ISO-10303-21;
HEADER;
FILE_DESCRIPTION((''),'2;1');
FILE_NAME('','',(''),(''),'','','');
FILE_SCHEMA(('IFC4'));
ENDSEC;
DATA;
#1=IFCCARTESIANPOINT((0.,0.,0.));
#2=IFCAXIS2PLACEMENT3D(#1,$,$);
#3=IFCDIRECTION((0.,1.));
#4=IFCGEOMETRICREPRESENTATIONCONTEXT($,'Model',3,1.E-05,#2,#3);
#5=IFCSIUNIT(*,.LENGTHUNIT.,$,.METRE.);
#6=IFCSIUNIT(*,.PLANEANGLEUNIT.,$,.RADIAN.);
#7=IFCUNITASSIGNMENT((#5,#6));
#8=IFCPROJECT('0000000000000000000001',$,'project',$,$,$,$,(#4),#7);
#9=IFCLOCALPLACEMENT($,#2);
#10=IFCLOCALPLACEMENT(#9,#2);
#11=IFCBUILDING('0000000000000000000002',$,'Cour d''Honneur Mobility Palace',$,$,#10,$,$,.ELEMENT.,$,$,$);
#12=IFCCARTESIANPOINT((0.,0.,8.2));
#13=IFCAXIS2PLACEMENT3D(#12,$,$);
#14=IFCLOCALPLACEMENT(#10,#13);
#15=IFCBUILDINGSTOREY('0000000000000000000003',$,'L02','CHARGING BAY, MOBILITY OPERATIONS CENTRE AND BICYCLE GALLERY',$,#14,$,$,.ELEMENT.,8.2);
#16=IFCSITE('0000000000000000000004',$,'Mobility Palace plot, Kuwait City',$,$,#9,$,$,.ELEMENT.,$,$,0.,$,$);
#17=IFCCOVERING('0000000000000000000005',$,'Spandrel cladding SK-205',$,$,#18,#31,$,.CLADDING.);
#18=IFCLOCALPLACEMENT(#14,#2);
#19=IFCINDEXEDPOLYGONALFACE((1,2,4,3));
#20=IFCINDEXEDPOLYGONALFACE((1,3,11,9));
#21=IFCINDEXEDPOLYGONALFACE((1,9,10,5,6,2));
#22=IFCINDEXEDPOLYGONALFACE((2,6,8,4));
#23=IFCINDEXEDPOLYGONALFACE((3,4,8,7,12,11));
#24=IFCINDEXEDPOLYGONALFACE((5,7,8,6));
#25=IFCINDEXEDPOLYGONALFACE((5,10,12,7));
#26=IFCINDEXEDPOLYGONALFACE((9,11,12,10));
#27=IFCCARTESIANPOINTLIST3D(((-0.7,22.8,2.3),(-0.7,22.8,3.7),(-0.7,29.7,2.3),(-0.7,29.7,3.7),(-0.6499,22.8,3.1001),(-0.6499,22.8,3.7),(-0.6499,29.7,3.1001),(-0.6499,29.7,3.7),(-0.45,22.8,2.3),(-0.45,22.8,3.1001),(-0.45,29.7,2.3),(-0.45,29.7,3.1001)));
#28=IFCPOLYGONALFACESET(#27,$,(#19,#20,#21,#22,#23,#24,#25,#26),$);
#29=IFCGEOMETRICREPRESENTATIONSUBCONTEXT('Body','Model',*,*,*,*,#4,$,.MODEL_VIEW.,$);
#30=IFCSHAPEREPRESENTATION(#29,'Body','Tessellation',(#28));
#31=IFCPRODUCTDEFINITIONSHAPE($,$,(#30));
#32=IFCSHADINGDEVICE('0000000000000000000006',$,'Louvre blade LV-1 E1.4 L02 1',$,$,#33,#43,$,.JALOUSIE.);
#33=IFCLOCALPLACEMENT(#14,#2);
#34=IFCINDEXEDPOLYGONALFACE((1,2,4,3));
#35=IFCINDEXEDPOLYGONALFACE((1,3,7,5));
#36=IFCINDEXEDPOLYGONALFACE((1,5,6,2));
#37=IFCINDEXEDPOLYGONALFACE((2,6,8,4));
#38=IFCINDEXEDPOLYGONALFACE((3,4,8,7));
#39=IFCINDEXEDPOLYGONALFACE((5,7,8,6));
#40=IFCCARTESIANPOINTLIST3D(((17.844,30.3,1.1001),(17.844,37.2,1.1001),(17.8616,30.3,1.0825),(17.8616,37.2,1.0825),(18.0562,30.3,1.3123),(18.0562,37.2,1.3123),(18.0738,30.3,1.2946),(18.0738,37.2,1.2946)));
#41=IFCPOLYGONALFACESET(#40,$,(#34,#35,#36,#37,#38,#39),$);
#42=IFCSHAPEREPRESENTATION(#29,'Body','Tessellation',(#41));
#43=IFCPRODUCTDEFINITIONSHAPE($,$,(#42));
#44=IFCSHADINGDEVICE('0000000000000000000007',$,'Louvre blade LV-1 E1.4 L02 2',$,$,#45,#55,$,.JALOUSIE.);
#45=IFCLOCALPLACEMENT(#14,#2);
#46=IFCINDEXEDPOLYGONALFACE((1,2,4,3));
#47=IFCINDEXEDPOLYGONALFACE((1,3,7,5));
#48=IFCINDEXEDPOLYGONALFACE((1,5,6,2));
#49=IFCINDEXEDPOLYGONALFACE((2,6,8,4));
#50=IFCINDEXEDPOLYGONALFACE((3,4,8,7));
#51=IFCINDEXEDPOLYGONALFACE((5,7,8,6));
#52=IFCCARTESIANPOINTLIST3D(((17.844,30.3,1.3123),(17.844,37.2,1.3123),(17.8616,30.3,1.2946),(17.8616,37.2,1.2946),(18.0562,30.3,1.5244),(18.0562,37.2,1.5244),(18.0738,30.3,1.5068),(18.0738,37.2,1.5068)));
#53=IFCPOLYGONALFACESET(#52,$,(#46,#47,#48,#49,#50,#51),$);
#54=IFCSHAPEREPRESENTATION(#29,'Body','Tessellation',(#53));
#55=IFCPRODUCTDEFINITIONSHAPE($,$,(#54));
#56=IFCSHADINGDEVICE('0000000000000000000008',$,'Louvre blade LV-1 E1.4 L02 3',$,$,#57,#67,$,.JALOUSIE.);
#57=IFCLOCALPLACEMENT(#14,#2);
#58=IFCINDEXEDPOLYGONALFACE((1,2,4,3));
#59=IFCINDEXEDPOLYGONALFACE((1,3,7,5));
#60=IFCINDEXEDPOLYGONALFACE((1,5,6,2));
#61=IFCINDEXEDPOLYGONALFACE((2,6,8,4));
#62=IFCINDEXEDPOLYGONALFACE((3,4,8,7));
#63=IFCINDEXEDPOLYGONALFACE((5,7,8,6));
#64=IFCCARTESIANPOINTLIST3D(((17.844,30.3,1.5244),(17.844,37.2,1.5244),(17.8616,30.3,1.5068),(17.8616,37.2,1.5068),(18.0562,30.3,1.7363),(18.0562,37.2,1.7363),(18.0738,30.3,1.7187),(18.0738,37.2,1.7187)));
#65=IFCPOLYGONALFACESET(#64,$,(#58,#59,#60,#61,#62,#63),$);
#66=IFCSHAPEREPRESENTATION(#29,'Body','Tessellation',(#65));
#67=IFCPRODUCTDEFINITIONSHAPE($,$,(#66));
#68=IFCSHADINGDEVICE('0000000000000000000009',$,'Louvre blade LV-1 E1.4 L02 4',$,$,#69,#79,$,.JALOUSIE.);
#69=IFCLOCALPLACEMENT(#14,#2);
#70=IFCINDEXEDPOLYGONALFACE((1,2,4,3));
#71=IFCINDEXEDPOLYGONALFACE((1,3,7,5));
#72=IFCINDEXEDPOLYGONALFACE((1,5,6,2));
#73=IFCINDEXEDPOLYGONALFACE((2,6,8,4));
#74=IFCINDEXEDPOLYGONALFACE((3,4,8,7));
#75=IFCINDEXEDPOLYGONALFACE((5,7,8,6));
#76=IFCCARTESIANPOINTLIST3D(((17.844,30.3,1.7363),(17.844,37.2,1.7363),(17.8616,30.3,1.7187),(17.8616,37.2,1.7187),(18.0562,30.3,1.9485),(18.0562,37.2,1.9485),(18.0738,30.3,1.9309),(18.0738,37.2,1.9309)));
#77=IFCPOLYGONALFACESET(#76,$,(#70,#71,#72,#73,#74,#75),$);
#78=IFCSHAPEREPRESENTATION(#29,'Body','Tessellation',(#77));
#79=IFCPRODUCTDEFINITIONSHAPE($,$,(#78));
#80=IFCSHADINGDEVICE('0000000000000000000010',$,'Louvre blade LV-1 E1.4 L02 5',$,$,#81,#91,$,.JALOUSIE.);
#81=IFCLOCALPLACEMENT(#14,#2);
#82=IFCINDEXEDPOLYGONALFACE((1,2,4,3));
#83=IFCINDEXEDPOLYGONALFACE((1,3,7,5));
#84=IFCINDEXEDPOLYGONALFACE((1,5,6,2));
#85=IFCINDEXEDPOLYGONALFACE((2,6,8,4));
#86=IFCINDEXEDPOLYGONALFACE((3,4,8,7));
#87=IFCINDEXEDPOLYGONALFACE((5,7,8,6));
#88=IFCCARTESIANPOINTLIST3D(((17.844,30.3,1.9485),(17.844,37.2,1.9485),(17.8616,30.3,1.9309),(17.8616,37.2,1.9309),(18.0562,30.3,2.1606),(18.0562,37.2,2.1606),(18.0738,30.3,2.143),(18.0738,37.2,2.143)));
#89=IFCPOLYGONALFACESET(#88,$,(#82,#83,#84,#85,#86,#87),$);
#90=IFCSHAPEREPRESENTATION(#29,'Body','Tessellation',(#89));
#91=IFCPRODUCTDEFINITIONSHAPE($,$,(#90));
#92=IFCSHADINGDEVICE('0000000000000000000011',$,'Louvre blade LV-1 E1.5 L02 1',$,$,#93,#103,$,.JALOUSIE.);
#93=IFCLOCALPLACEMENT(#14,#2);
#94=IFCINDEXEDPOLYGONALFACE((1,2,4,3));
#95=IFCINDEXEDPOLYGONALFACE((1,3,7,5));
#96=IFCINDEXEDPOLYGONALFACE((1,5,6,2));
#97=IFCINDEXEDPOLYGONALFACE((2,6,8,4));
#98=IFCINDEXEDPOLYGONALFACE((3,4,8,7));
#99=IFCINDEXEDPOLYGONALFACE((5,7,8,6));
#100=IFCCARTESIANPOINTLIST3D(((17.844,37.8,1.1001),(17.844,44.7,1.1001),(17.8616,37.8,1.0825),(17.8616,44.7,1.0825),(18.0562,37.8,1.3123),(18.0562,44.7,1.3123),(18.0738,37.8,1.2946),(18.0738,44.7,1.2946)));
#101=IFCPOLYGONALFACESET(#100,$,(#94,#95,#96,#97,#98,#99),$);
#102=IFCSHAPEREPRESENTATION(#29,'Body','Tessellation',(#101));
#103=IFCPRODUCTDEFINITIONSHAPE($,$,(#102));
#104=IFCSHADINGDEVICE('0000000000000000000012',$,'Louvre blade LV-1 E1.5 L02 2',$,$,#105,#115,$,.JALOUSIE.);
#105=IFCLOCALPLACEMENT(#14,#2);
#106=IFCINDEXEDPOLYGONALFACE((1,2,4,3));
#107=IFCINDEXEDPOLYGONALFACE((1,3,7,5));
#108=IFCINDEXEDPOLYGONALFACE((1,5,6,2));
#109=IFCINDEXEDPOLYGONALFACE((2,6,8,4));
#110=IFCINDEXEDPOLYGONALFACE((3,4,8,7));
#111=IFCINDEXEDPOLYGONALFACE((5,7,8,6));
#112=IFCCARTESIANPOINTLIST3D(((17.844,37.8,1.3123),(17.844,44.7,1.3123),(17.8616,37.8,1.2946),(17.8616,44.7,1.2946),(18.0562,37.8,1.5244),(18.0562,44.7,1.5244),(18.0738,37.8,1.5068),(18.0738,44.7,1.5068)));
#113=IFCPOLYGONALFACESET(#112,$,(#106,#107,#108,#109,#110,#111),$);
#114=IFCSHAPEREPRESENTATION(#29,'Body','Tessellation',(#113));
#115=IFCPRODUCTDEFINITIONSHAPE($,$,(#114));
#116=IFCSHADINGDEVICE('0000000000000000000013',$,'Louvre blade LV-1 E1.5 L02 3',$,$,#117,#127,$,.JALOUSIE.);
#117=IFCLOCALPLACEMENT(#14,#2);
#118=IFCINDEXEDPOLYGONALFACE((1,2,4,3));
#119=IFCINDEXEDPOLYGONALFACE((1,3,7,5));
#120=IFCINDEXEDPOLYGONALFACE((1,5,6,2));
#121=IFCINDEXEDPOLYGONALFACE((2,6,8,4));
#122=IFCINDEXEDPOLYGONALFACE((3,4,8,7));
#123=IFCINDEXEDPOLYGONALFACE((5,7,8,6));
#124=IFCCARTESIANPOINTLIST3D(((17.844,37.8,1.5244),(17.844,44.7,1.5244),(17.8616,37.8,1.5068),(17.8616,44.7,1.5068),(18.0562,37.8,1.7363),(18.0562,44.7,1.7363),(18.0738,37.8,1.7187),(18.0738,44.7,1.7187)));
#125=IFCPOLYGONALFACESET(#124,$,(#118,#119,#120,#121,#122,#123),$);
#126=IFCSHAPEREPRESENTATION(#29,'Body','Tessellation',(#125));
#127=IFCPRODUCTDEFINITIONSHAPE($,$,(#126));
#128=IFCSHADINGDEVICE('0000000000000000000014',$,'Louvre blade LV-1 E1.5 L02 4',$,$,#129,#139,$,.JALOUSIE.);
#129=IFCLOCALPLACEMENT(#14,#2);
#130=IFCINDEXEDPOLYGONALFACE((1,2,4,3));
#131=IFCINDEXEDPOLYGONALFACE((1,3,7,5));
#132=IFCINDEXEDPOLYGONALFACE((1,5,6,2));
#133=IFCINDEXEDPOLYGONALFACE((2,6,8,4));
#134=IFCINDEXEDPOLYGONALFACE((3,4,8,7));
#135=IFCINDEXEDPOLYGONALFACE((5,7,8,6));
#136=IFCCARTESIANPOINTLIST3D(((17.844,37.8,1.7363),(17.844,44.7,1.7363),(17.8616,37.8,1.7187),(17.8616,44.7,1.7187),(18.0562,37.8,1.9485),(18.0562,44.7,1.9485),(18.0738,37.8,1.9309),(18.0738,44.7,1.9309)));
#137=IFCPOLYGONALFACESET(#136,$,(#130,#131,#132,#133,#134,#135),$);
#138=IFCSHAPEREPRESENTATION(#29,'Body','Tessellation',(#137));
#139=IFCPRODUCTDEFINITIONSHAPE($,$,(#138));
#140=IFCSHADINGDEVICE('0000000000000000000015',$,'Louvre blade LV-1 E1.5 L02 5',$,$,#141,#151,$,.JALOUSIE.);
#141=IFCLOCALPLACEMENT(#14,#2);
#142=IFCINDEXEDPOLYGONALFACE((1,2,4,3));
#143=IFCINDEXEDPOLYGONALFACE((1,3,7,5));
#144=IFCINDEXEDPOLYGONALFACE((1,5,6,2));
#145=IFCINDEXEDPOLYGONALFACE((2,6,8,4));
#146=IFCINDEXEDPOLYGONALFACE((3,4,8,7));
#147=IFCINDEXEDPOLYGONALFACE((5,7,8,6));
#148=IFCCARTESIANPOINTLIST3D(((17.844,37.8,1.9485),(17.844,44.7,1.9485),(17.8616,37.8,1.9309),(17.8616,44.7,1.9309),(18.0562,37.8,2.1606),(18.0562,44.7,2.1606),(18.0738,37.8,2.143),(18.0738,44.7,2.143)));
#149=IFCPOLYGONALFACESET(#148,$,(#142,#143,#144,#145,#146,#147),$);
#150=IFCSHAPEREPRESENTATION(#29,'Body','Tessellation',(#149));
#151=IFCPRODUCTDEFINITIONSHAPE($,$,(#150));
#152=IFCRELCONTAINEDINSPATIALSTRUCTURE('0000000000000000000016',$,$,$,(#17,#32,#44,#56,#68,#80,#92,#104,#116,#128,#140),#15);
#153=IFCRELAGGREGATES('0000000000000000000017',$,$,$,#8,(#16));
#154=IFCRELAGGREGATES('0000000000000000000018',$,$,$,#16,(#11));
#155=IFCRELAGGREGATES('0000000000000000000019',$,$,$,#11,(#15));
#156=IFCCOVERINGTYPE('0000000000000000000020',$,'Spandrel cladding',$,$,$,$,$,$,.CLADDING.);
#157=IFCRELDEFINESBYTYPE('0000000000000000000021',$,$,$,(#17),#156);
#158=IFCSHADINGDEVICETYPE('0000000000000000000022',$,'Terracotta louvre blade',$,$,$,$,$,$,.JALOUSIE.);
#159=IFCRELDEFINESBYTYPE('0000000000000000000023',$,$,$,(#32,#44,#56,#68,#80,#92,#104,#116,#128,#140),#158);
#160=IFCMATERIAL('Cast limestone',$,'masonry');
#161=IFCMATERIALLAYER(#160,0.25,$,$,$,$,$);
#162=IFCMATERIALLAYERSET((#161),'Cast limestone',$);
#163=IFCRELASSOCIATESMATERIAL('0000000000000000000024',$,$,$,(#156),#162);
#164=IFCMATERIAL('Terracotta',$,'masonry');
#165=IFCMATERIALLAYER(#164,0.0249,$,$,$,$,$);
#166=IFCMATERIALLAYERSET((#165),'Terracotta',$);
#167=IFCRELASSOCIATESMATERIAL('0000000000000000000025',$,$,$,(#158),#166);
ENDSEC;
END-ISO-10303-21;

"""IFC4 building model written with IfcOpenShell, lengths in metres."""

from ifc_helpers import new_model, si_unit, direction, frame, origin, place, context, subcontext, project, spatial, polyline, outline, extrude, material, layer, layer_set, type_object, element, save


model = new_model("IFC4")

# Units and contexts
model_context = context("Model", 3, precision=1e-05, world=origin(), true_north=direction((0.0, 1.0)))
body_context = subcontext(model_context, "Body", "Model", "MODEL_VIEW")
ifc_project = project(units=[si_unit("LENGTHUNIT", "METRE"), si_unit("PLANEANGLEUNIT", "RADIAN")], contexts=[model_context])

# Site, building, storey
site_placement = place(None, origin())
site = spatial("IfcSite", under=ifc_project, at=site_placement, Name="Mobility Palace plot, Kuwait City", CompositionType="ELEMENT", RefElevation=0.0)
building_placement = place(site_placement, origin())
building = spatial("IfcBuilding", under=site, at=building_placement, Name="Cour d'Honneur Mobility Palace", CompositionType="ELEMENT")
storey_placement = place(building_placement, frame((0.0, 0.0, 8.2)))
storey = spatial("IfcBuildingStorey", under=building, at=storey_placement, Name="L02", Description="CHARGING BAY, MOBILITY OPERATIONS CENTRE AND BICYCLE GALLERY", CompositionType="ELEMENT", Elevation=8.2)

# Covering
ifc_material_1 = material(Name="Cast limestone", Category="masonry")
ifc_layer_1 = layer(ifc_material_1, 0.25)
ifc_layer_set_1 = layer_set([ifc_layer_1], Name="Cast limestone")
covering_type = type_object("IfcCoveringType", Name="Spandrel cladding", PredefinedType="CLADDING", material=ifc_layer_set_1)
for number, where, z_axis, x_axis, name in (
    (1, (-0.45, 29.7, 2.3), (0.0, 1.0, 0.0), (-1.0, 0.0, 0.0), "Spandrel cladding SK-205"),
):
    element("IfcCovering", number, at=place(storey_placement, frame(where, z_axis=z_axis, x_axis=x_axis)), inside=storey, type_object=covering_type, Name=name, PredefinedType="CLADDING", context=body_context, shape_type="SweptSolid", body=[
        extrude(outline(polyline([(0.0, 0.0), (0.25, 0.0), (0.25, 1.3999), (0.2, 1.3999), (0.2, 0.8), (0.0, 0.8), (0.0, 0.0)])), origin(), (0.0, 0.0, -1.0), 6.8999),
    ])

# Shading devices
ifc_material_2 = material(Name="Terracotta", Category="masonry")
ifc_layer_2 = layer(ifc_material_2, 0.0249)
ifc_layer_set_2 = layer_set([ifc_layer_2], Name="Terracotta")
shading_device_type = type_object("IfcShadingDeviceType", Name="Terracotta louvre blade", PredefinedType="JALOUSIE", material=ifc_layer_set_2)
for number, where, z_axis, x_axis, name in (
    (2, (17.844, 30.3, 1.1001), (-0.707107, 0.0, 0.707107), (0.0, 1.0, 0.0), "Louvre blade LV-1 E1.4 L02 1"),
    (3, (17.844, 30.3, 1.3123), (-0.707107, 0.0, 0.707107), (0.0, 1.0, 0.0), "Louvre blade LV-1 E1.4 L02 2"),
):
    element("IfcShadingDevice", number, at=place(storey_placement, frame(where, z_axis=z_axis, x_axis=x_axis)), inside=storey, type_object=shading_device_type, Name=name, PredefinedType="JALOUSIE", context=body_context, shape_type="SweptSolid", body=[
        extrude(outline(polyline([(0.0, 0.0), (6.8999, 0.0), (6.8999, -0.3), (0.0, -0.3), (0.0, 0.0)])), origin(), (0.0, 0.0, -1.0), 0.0249),
    ])
shading_device_1_placement = place(storey_placement, frame((17.844, 30.3, 1.5244), z_axis=(-0.7067, 0.0, 0.707514), x_axis=(0.0, 1.0, 0.0)))
element("IfcShadingDevice", 4, at=shading_device_1_placement, inside=storey, type_object=shading_device_type, Name="Louvre blade LV-1 E1.4 L02 3", PredefinedType="JALOUSIE", context=body_context, shape_type="SweptSolid", body=[
    extrude(outline(polyline([(0.0, 0.0), (6.8999, 0.0), (6.8999, -0.2999), (0.0, -0.2999), (0.0, 0.0)])), origin(), (0.0, 0.0, -1.0), 0.0249),
])
for number, where, z_axis, x_axis, name in (
    (5, (17.844, 30.3, 1.7363), (-0.707107, 0.0, 0.707107), (0.0, 1.0, 0.0), "Louvre blade LV-1 E1.4 L02 4"),
    (6, (17.844, 30.3, 1.9485), (-0.707107, 0.0, 0.707107), (0.0, 1.0, 0.0), "Louvre blade LV-1 E1.4 L02 5"),
    (7, (17.844, 37.8, 1.1001), (-0.707107, 0.0, 0.707107), (0.0, 1.0, 0.0), "Louvre blade LV-1 E1.5 L02 1"),
    (8, (17.844, 37.8, 1.3123), (-0.707107, 0.0, 0.707107), (0.0, 1.0, 0.0), "Louvre blade LV-1 E1.5 L02 2"),
):
    element("IfcShadingDevice", number, at=place(storey_placement, frame(where, z_axis=z_axis, x_axis=x_axis)), inside=storey, type_object=shading_device_type, Name=name, PredefinedType="JALOUSIE", context=body_context, shape_type="SweptSolid", body=[
        extrude(outline(polyline([(0.0, 0.0), (6.8999, 0.0), (6.8999, -0.3), (0.0, -0.3), (0.0, 0.0)])), origin(), (0.0, 0.0, -1.0), 0.0249),
    ])
shading_device_2_placement = place(storey_placement, frame((17.844, 37.8, 1.5244), z_axis=(-0.7067, 0.0, 0.707514), x_axis=(0.0, 1.0, 0.0)))
element("IfcShadingDevice", 9, at=shading_device_2_placement, inside=storey, type_object=shading_device_type, Name="Louvre blade LV-1 E1.5 L02 3", PredefinedType="JALOUSIE", context=body_context, shape_type="SweptSolid", body=[
    extrude(outline(polyline([(0.0, 0.0), (6.8999, 0.0), (6.8999, -0.2999), (0.0, -0.2999), (0.0, 0.0)])), origin(), (0.0, 0.0, -1.0), 0.0249),
])
for number, where, z_axis, x_axis, name in (
    (10, (17.844, 37.8, 1.7363), (-0.707107, 0.0, 0.707107), (0.0, 1.0, 0.0), "Louvre blade LV-1 E1.5 L02 4"),
    (11, (17.844, 37.8, 1.9485), (-0.707107, 0.0, 0.707107), (0.0, 1.0, 0.0), "Louvre blade LV-1 E1.5 L02 5"),
):
    element("IfcShadingDevice", number, at=place(storey_placement, frame(where, z_axis=z_axis, x_axis=x_axis)), inside=storey, type_object=shading_device_type, Name=name, PredefinedType="JALOUSIE", context=body_context, shape_type="SweptSolid", body=[
        extrude(outline(polyline([(0.0, 0.0), (6.8999, 0.0), (6.8999, -0.3), (0.0, -0.3), (0.0, 0.0)])), origin(), (0.0, 0.0, -1.0), 0.0249),
    ])

save(model, "model.ifc")
